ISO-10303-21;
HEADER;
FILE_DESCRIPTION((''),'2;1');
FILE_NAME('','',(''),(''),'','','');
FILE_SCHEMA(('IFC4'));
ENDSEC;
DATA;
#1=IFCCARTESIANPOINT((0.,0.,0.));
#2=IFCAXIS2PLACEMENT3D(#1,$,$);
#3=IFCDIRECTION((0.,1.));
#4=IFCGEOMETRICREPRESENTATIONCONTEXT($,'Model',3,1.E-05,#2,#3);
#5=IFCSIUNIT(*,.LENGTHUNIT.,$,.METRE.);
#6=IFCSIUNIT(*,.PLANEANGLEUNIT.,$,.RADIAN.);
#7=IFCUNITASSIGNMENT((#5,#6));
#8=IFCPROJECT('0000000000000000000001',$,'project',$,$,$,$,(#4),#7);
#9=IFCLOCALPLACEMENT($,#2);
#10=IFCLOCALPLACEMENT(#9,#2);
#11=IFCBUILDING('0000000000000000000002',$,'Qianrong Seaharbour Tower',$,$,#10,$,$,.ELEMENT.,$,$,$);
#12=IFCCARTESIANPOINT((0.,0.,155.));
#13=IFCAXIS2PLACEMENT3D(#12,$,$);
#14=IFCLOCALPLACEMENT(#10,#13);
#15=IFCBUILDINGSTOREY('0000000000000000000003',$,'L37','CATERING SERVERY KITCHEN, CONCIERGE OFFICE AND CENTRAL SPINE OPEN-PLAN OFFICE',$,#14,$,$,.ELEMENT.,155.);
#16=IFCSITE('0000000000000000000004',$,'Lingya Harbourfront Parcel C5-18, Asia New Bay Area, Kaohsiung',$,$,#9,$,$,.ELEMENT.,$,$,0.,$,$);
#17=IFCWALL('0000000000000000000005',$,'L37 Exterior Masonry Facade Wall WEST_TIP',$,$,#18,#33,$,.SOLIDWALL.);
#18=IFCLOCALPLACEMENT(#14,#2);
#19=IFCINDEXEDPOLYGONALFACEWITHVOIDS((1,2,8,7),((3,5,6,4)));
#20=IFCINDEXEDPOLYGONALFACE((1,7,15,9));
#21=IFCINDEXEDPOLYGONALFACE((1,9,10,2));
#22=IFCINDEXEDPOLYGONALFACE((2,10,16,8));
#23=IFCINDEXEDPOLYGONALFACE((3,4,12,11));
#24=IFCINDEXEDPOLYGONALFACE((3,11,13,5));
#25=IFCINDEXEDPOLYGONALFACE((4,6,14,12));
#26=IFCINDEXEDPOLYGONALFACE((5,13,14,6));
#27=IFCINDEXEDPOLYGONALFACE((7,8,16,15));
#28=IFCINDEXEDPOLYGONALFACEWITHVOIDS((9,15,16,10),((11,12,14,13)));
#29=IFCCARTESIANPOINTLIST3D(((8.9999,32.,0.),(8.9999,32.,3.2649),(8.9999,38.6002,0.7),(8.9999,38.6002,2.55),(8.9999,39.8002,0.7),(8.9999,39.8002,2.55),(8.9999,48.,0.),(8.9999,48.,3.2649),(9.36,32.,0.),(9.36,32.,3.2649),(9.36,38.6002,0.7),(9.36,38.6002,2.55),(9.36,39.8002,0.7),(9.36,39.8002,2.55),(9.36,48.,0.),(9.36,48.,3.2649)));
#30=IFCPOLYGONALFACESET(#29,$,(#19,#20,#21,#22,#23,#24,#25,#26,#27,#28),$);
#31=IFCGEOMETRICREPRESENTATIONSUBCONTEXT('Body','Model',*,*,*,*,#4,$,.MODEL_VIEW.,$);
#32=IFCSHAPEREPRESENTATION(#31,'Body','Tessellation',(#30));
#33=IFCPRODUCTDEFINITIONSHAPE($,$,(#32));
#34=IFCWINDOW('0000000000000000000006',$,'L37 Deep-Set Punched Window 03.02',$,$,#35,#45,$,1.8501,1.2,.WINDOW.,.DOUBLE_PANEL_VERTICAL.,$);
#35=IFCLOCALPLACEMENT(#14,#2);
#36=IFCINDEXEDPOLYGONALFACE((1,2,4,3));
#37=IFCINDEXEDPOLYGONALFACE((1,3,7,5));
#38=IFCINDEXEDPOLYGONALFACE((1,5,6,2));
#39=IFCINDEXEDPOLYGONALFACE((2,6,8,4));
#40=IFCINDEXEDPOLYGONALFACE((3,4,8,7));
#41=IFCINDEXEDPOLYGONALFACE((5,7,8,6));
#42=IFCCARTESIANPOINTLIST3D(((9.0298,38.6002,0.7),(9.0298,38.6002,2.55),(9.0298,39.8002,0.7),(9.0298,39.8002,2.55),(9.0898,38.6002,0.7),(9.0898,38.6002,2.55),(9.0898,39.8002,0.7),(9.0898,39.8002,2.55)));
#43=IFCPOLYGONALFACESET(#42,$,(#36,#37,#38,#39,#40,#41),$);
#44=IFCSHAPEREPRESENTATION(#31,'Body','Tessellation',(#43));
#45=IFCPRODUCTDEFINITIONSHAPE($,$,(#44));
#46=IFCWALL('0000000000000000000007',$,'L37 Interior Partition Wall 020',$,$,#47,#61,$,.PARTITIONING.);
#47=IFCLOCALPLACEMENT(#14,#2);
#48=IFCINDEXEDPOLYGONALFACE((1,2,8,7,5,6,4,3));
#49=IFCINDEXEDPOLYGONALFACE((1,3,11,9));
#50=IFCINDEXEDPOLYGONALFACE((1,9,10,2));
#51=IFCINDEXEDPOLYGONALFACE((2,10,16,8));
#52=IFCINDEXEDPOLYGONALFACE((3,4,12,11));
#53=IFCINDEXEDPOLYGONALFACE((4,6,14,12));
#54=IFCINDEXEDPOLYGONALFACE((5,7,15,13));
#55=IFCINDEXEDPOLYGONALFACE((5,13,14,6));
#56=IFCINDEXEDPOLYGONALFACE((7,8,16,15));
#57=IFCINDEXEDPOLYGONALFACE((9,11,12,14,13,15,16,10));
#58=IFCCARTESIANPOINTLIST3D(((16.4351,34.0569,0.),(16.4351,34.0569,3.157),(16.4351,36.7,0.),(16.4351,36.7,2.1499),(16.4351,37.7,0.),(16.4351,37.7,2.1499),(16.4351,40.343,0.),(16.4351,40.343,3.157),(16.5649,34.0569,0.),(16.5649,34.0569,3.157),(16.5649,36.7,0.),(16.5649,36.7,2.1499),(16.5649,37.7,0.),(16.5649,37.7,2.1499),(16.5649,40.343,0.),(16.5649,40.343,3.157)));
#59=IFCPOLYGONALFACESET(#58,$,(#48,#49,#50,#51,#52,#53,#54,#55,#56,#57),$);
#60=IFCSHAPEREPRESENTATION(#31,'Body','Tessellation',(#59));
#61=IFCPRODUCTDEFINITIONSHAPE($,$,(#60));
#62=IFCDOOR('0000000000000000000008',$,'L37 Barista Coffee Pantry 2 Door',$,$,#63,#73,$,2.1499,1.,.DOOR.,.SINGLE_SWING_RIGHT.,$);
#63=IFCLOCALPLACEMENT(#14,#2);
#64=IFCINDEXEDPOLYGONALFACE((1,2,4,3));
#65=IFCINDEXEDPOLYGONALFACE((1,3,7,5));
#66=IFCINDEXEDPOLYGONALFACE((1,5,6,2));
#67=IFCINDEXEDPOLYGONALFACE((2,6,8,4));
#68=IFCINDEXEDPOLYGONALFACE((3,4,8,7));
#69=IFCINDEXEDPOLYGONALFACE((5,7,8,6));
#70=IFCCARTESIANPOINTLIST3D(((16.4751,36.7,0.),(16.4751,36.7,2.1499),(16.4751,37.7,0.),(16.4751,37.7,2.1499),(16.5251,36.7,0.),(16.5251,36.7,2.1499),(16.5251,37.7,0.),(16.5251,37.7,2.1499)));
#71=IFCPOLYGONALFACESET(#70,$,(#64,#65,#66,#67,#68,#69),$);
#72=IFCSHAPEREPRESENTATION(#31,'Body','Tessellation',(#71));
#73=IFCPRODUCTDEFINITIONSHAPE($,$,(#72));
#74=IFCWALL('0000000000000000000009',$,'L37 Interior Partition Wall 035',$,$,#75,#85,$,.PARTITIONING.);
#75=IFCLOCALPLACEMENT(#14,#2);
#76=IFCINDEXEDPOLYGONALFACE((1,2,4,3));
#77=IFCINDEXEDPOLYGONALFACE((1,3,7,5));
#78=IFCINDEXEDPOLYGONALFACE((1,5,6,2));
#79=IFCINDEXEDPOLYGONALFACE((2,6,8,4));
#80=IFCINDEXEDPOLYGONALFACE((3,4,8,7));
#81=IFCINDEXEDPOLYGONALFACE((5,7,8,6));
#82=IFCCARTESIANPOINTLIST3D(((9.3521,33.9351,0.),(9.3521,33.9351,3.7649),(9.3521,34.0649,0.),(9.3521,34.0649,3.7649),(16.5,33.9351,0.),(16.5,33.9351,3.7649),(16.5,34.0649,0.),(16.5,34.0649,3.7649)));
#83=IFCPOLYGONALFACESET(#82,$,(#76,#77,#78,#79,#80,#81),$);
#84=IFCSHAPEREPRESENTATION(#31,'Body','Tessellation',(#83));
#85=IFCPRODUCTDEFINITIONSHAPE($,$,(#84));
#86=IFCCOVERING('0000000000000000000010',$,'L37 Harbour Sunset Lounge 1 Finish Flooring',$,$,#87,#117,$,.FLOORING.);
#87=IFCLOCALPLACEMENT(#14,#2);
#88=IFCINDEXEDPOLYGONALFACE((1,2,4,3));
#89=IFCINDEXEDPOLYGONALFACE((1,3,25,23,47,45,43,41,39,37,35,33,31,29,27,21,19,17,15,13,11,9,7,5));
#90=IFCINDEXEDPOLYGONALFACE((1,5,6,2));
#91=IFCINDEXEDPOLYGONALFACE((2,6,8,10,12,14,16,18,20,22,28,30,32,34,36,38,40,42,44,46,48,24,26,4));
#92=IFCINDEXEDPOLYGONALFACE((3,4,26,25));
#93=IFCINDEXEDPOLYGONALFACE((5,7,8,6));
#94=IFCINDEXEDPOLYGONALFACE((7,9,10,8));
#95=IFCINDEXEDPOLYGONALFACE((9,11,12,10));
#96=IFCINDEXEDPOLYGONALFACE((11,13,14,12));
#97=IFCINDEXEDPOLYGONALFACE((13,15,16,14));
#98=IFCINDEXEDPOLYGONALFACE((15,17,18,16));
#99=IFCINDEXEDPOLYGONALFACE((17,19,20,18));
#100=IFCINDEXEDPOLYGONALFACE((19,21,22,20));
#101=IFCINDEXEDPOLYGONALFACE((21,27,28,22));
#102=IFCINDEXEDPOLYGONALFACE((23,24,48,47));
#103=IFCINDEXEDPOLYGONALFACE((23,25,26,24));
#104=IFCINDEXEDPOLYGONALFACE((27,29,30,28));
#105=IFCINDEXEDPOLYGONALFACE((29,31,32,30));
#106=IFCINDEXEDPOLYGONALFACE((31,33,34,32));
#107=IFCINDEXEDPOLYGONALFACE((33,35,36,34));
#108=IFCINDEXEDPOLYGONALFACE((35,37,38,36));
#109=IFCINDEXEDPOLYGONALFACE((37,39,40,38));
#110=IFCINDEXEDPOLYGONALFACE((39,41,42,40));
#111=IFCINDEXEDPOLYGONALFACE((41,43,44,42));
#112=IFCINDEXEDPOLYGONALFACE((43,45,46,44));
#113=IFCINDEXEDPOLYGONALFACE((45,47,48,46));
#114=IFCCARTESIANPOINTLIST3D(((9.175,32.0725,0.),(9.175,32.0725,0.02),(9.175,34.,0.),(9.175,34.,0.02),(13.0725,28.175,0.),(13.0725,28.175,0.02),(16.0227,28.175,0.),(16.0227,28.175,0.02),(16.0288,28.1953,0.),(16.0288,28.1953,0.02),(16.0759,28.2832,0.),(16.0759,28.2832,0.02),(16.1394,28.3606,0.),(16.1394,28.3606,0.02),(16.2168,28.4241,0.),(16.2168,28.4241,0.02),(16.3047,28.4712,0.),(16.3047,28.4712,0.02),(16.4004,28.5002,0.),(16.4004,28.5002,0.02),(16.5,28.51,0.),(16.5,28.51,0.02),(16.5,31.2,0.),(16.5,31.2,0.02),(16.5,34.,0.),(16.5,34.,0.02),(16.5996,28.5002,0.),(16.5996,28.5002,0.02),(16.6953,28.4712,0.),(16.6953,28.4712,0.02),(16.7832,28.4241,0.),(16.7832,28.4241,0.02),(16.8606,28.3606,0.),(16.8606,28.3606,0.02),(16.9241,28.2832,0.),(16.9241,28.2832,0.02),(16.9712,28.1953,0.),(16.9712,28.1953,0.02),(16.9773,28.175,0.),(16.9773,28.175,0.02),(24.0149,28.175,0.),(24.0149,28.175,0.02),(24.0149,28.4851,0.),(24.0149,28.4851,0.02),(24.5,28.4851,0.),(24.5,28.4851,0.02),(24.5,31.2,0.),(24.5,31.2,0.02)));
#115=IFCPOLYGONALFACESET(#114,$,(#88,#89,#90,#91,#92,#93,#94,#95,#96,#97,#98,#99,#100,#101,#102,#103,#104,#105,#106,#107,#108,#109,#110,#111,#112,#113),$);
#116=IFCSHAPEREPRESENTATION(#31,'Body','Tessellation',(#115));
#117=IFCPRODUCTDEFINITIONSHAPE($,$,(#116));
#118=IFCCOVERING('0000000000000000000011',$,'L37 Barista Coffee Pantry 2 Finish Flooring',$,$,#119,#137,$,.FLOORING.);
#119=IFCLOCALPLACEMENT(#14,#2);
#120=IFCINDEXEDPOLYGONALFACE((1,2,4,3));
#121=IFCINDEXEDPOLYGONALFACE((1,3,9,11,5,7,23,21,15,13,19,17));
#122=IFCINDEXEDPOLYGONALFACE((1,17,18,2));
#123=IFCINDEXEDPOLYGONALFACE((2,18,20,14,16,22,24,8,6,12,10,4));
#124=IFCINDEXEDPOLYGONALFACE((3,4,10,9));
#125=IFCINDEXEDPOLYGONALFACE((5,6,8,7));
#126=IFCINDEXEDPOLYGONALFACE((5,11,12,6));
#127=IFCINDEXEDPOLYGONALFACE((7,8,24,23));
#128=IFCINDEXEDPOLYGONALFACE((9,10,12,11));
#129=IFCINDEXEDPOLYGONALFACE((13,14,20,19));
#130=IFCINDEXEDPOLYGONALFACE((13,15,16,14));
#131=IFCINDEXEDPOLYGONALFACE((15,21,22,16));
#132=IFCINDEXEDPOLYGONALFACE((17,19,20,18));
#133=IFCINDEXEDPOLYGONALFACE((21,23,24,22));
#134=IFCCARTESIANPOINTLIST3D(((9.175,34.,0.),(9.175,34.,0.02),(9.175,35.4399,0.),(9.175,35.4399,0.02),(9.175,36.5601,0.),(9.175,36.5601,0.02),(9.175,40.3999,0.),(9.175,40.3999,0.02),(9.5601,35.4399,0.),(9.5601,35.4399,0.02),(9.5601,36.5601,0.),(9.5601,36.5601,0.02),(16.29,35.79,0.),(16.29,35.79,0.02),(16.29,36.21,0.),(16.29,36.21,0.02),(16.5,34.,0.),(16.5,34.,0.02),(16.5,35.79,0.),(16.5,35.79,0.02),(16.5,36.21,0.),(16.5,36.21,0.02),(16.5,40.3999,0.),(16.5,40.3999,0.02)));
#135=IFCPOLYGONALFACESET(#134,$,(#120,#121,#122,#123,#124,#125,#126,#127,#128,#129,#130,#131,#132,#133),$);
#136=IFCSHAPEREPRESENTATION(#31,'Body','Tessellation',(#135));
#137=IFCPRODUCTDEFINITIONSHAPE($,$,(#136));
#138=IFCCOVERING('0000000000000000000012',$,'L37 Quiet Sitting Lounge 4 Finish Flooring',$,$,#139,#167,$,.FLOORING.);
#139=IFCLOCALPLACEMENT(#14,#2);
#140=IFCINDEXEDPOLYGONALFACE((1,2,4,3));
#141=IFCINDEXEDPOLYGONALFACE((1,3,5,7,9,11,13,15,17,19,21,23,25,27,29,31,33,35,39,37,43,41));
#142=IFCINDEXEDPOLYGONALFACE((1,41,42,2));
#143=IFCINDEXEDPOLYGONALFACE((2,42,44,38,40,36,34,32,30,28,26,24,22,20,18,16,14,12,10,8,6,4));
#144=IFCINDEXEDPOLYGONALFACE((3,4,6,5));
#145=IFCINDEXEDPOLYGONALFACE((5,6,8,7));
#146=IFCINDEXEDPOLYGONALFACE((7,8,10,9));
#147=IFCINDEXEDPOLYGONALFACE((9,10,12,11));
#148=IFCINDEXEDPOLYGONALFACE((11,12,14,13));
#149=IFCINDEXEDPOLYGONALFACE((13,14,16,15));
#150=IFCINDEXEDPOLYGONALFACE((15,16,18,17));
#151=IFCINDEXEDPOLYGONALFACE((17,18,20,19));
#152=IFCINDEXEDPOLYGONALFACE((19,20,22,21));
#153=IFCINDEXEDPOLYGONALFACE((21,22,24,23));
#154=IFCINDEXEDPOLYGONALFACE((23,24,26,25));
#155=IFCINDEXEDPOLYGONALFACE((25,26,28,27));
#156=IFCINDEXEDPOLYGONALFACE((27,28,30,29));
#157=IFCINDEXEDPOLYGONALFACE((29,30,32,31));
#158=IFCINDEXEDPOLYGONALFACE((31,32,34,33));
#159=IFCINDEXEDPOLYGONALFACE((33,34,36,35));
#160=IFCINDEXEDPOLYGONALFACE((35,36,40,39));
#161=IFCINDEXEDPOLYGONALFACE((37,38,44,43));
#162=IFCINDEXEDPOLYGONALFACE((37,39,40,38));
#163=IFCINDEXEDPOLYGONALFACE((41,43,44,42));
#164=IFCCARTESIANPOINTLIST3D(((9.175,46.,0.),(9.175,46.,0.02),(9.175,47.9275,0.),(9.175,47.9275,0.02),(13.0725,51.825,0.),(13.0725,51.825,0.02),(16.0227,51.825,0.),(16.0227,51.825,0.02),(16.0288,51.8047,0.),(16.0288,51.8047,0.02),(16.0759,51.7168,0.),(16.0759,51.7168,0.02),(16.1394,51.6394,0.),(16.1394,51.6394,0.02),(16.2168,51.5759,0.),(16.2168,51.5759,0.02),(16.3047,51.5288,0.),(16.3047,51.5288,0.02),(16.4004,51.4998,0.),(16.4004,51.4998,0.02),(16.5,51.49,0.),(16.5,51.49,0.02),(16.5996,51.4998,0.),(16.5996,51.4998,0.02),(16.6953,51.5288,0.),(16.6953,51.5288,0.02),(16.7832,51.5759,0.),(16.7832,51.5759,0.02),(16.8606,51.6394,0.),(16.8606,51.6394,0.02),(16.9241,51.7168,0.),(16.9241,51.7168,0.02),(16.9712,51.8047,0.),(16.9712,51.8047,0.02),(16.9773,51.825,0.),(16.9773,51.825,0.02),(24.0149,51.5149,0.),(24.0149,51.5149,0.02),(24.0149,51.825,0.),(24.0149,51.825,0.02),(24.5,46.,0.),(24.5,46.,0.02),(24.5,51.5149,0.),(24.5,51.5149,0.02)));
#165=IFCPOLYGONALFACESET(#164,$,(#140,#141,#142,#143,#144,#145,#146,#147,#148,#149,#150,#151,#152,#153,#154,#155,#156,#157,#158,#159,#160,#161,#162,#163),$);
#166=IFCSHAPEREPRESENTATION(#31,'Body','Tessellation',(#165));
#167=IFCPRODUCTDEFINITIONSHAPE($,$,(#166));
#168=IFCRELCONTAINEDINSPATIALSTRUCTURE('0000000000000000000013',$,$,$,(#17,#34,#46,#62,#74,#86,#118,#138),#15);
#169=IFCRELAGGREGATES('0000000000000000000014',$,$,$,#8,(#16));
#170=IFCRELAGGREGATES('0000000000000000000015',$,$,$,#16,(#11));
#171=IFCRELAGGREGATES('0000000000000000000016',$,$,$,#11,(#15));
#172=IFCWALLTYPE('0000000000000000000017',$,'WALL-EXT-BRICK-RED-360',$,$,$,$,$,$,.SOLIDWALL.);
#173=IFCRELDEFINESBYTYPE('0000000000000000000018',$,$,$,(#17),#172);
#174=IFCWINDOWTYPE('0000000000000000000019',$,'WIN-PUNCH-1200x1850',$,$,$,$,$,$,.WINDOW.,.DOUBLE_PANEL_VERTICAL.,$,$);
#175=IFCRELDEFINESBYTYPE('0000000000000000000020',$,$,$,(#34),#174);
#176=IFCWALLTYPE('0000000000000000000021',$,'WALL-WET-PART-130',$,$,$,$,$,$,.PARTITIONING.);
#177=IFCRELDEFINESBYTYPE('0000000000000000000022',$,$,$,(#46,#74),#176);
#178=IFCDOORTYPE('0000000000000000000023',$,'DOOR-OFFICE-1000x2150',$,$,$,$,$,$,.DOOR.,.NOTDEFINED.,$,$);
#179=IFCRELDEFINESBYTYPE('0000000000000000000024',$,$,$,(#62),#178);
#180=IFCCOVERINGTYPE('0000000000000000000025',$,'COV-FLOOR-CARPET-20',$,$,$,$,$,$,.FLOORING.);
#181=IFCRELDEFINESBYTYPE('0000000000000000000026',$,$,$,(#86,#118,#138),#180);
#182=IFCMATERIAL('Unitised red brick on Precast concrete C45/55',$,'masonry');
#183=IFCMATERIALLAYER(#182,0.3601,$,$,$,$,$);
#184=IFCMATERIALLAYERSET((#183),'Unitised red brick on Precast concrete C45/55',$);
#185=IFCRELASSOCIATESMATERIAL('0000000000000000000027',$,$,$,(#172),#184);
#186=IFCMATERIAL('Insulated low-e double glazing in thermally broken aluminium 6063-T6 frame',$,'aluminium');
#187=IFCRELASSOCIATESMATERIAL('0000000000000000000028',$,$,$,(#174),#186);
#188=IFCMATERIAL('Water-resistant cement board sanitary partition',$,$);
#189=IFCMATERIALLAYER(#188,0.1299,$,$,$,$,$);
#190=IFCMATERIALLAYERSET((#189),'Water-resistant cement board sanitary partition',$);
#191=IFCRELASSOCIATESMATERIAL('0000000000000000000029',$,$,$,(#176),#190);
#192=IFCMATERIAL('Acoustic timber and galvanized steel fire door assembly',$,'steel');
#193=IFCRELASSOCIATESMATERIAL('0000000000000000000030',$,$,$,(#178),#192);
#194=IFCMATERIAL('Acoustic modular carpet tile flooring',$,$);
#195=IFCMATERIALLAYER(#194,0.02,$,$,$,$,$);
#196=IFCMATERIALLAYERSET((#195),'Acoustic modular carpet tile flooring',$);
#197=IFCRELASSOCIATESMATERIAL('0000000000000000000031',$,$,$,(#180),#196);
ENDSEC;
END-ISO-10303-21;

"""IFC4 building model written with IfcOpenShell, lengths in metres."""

from ifc_helpers import new_model, si_unit, direction, frame, frame_2d, origin, place, context, subcontext, project, spatial, polyline, rectangle, outline, extrude, material, layer, layer_set, type_object, element, fill, save


model = new_model("IFC4")

# Units and contexts
model_context = context("Model", 3, precision=1e-05, world=origin(), true_north=direction((0.0, 1.0)))
body_context = subcontext(model_context, "Body", "Model", "MODEL_VIEW")
ifc_project = project(units=[si_unit("LENGTHUNIT", "METRE"), si_unit("PLANEANGLEUNIT", "RADIAN")], contexts=[model_context])

# Site, building, storey
site_placement = place(None, origin())
site = spatial("IfcSite", under=ifc_project, at=site_placement, Name="Lingya Harbourfront Parcel C5-18, Asia New Bay Area, Kaohsiung", CompositionType="ELEMENT", RefElevation=0.0)
building_placement = place(site_placement, origin())
building = spatial("IfcBuilding", under=site, at=building_placement, Name="Qianrong Seaharbour Tower", CompositionType="ELEMENT")
storey_placement = place(building_placement, frame((0.0, 0.0, 155.0)))
storey = spatial("IfcBuildingStorey", under=building, at=storey_placement, Name="L37", Description="CATERING SERVERY KITCHEN, CONCIERGE OFFICE AND CENTRAL SPINE OPEN-PLAN OFFICE", CompositionType="ELEMENT", Elevation=155.0)

# Shared definitions
ifc_material_1 = material(Name="Unitised red brick on Precast concrete C45/55", Category="masonry")
ifc_layer_1 = layer(ifc_material_1, 0.3601)
ifc_layer_set_1 = layer_set([ifc_layer_1], Name="Unitised red brick on Precast concrete C45/55")
wall_type_1 = type_object("IfcWallType", Name="WALL-EXT-BRICK-RED-360", PredefinedType="SOLIDWALL", material=ifc_layer_set_1)

# Wall, opening, window
wall_1_placement = place(storey_placement, frame((9.1799, 32.0, 0.0), z_axis=(0.0, 0.0, 1.0), x_axis=(0.0, 1.0, 0.0)))
wall_1 = element("IfcWall", 1, at=wall_1_placement, inside=storey, type_object=wall_type_1, Name="L37 Exterior Masonry Facade Wall WEST_TIP", PredefinedType="SOLIDWALL", context=body_context, shape_type="SweptSolid", body=[
    extrude(rectangle(XDim=16.0, YDim=0.3601, at=frame_2d((8.0, 0.0))), origin(), (0.0, 0.0, 1.0), 3.2649),
])
opening_1_placement = place(wall_1_placement, frame((6.6001, 0.0, 0.7)))
opening_1 = element("IfcOpeningElement", 2, at=opening_1_placement, cuts=wall_1, PredefinedType="OPENING", context=body_context, shape_type="SweptSolid", body=[
    extrude(rectangle(XDim=1.2, YDim=1.8501, at=frame_2d((0.6001, 0.925))), frame((0.0, 0.1899, 0.0), z_axis=(0.0, -1.0, 0.0), x_axis=(1.0, 0.0, 0.0)), (0.0, 0.0, 1.0), 0.3801),
])
ifc_material_2 = material(Name="Insulated low-e double glazing in thermally broken aluminium 6063-T6 frame", Category="aluminium")
window_type = type_object("IfcWindowType", Name="WIN-PUNCH-1200x1850", PartitioningType="DOUBLE_PANEL_VERTICAL", PredefinedType="WINDOW", material=ifc_material_2)
window_placement = place(opening_1_placement, origin())
window = element("IfcWindow", 3, at=window_placement, inside=storey, type_object=window_type, Name="L37 Deep-Set Punched Window 03.02", OverallHeight=1.8501, OverallWidth=1.2, PartitioningType="DOUBLE_PANEL_VERTICAL", PredefinedType="WINDOW", context=body_context, shape_type="SweptSolid", body=[
    extrude(rectangle(XDim=1.2, YDim=1.8501, at=frame_2d((0.6001, 0.925))), frame((0.0, 0.1501, 0.0), z_axis=(0.0, -1.0, 0.0), x_axis=(1.0, 0.0, 0.0)), (0.0, 0.0, 1.0), 0.0601),
])
fill(opening_1, window)

# Wall, opening, door
ifc_material_3 = material(Name="Water-resistant cement board sanitary partition")
ifc_layer_2 = layer(ifc_material_3, 0.1299)
ifc_layer_set_2 = layer_set([ifc_layer_2], Name="Water-resistant cement board sanitary partition")
wall_type_2 = type_object("IfcWallType", Name="WALL-WET-PART-130", PredefinedType="PARTITIONING", material=ifc_layer_set_2)
wall_2_placement = place(storey_placement, frame((16.5, 34.0569, 0.0), z_axis=(0.0, 0.0, 1.0), x_axis=(0.0, 1.0, 0.0)))
wall_2 = element("IfcWall", 4, at=wall_2_placement, inside=storey, type_object=wall_type_2, Name="L37 Interior Partition Wall 020", PredefinedType="PARTITIONING", context=body_context, shape_type="SweptSolid", body=[
    extrude(rectangle(XDim=6.2861, YDim=0.1299, at=frame_2d((3.1431, 0.0))), origin(), (0.0, 0.0, 1.0), 3.157),
])
opening_2_placement = place(wall_2_placement, frame((2.6431, 0.0, 0.0)))
opening_2 = element("IfcOpeningElement", 5, at=opening_2_placement, cuts=wall_2, PredefinedType="OPENING", context=body_context, shape_type="SweptSolid", body=[
    extrude(rectangle(XDim=1.0, YDim=2.1499, at=frame_2d((0.5, 1.075))), frame((0.0, 0.075, 0.0), z_axis=(0.0, -1.0, 0.0), x_axis=(1.0, 0.0, 0.0)), (0.0, 0.0, 1.0), 0.1499),
])
ifc_material_4 = material(Name="Acoustic timber and galvanized steel fire door assembly", Category="steel")
door_type = type_object("IfcDoorType", Name="DOOR-OFFICE-1000x2150", OperationType="NOTDEFINED", PredefinedType="DOOR", material=ifc_material_4)
door_placement = place(opening_2_placement, origin())
door = element("IfcDoor", 6, at=door_placement, inside=storey, type_object=door_type, Name="L37 Barista Coffee Pantry 2 Door", OperationType="SINGLE_SWING_RIGHT", OverallHeight=2.1499, OverallWidth=1.0, PredefinedType="DOOR", context=body_context, shape_type="SweptSolid", body=[
    extrude(rectangle(XDim=1.0, YDim=2.1499, at=frame_2d((0.5, 1.075))), frame((0.0, 0.0249, 0.0), z_axis=(0.0, -1.0, 0.0), x_axis=(1.0, 0.0, 0.0)), (0.0, 0.0, 1.0), 0.05),
])
fill(opening_2, door)

# Wall
wall_3_placement = place(storey_placement, frame((9.3521, 34.0, 0.0), z_axis=(0.0, 0.0, 1.0), x_axis=(1.0, 0.0, 0.0)))
element("IfcWall", 7, at=wall_3_placement, inside=storey, type_object=wall_type_2, Name="L37 Interior Partition Wall 035", PredefinedType="PARTITIONING", context=body_context, shape_type="SweptSolid", body=[
    extrude(rectangle(XDim=7.1479, YDim=0.1299, at=frame_2d((3.574, 0.0))), origin(), (0.0, 0.0, 1.0), 3.7649),
])

# Coverings
ifc_material_5 = material(Name="Acoustic modular carpet tile flooring")
ifc_layer_3 = layer(ifc_material_5, 0.02)
ifc_layer_set_3 = layer_set([ifc_layer_3], Name="Acoustic modular carpet tile flooring")
covering_type_1 = type_object("IfcCoveringType", Name="COV-FLOOR-CARPET-20", PredefinedType="FLOORING", material=ifc_layer_set_3)
covering_1_placement = place(storey_placement, origin())
element("IfcCovering", 8, at=covering_1_placement, inside=storey, type_object=covering_type_1, Name="L37 Harbour Sunset Lounge 1 Finish Flooring", PredefinedType="FLOORING", context=body_context, shape_type="SweptSolid", body=[
    extrude(outline(polyline([(16.9773, 28.175), (16.9712, 28.1953), (16.9241, 28.2832), (16.8606, 28.3606), (16.7832, 28.4241), (16.6953, 28.4712), (16.5996, 28.5002), (16.5, 28.51), (16.4004, 28.5002), (16.3047, 28.4712), (16.2168, 28.4241), (16.1394, 28.3606), (16.0759, 28.2832), (16.0288, 28.1953), (16.0227, 28.175), (13.0725, 28.175), (9.175, 32.0725), (9.175, 34.0), (16.5, 34.0), (16.5, 31.2), (24.5, 31.2), (24.5, 28.4851), (24.0149, 28.4851), (24.0149, 28.175), (16.9773, 28.175)])), origin(), (0.0, 0.0, 1.0), 0.02),
])
covering_2_placement = place(storey_placement, origin())
element("IfcCovering", 9, at=covering_2_placement, inside=storey, type_object=covering_type_1, Name="L37 Barista Coffee Pantry 2 Finish Flooring", PredefinedType="FLOORING", context=body_context, shape_type="SweptSolid", body=[
    extrude(outline(polyline([(9.175, 35.4399), (9.5601, 35.4399), (9.5601, 36.5601), (9.175, 36.5601), (9.175, 40.3999), (16.5, 40.3999), (16.5, 36.21), (16.29, 36.21), (16.29, 35.79), (16.5, 35.79), (16.5, 34.0), (9.175, 34.0), (9.175, 35.4399)])), origin(), (0.0, 0.0, 1.0), 0.02),
])
covering_3_placement = place(storey_placement, origin())
element("IfcCovering", 10, at=covering_3_placement, inside=storey, type_object=covering_type_1, Name="L37 Quiet Sitting Lounge 4 Finish Flooring", PredefinedType="FLOORING", context=body_context, shape_type="SweptSolid", body=[
    extrude(outline(polyline([(9.175, 47.9275), (13.0725, 51.825), (16.0227, 51.825), (16.0288, 51.8047), (16.0759, 51.7168), (16.1394, 51.6394), (16.2168, 51.5759), (16.3047, 51.5288), (16.4004, 51.4998), (16.5, 51.49), (16.5996, 51.4998), (16.6953, 51.5288), (16.7832, 51.5759), (16.8606, 51.6394), (16.9241, 51.7168), (16.9712, 51.8047), (16.9773, 51.825), (24.0149, 51.825), (24.0149, 51.5149), (24.5, 51.5149), (24.5, 46.0), (9.175, 46.0), (9.175, 47.9275)])), origin(), (0.0, 0.0, 1.0), 0.02),
])

save(model, "model.ifc")
